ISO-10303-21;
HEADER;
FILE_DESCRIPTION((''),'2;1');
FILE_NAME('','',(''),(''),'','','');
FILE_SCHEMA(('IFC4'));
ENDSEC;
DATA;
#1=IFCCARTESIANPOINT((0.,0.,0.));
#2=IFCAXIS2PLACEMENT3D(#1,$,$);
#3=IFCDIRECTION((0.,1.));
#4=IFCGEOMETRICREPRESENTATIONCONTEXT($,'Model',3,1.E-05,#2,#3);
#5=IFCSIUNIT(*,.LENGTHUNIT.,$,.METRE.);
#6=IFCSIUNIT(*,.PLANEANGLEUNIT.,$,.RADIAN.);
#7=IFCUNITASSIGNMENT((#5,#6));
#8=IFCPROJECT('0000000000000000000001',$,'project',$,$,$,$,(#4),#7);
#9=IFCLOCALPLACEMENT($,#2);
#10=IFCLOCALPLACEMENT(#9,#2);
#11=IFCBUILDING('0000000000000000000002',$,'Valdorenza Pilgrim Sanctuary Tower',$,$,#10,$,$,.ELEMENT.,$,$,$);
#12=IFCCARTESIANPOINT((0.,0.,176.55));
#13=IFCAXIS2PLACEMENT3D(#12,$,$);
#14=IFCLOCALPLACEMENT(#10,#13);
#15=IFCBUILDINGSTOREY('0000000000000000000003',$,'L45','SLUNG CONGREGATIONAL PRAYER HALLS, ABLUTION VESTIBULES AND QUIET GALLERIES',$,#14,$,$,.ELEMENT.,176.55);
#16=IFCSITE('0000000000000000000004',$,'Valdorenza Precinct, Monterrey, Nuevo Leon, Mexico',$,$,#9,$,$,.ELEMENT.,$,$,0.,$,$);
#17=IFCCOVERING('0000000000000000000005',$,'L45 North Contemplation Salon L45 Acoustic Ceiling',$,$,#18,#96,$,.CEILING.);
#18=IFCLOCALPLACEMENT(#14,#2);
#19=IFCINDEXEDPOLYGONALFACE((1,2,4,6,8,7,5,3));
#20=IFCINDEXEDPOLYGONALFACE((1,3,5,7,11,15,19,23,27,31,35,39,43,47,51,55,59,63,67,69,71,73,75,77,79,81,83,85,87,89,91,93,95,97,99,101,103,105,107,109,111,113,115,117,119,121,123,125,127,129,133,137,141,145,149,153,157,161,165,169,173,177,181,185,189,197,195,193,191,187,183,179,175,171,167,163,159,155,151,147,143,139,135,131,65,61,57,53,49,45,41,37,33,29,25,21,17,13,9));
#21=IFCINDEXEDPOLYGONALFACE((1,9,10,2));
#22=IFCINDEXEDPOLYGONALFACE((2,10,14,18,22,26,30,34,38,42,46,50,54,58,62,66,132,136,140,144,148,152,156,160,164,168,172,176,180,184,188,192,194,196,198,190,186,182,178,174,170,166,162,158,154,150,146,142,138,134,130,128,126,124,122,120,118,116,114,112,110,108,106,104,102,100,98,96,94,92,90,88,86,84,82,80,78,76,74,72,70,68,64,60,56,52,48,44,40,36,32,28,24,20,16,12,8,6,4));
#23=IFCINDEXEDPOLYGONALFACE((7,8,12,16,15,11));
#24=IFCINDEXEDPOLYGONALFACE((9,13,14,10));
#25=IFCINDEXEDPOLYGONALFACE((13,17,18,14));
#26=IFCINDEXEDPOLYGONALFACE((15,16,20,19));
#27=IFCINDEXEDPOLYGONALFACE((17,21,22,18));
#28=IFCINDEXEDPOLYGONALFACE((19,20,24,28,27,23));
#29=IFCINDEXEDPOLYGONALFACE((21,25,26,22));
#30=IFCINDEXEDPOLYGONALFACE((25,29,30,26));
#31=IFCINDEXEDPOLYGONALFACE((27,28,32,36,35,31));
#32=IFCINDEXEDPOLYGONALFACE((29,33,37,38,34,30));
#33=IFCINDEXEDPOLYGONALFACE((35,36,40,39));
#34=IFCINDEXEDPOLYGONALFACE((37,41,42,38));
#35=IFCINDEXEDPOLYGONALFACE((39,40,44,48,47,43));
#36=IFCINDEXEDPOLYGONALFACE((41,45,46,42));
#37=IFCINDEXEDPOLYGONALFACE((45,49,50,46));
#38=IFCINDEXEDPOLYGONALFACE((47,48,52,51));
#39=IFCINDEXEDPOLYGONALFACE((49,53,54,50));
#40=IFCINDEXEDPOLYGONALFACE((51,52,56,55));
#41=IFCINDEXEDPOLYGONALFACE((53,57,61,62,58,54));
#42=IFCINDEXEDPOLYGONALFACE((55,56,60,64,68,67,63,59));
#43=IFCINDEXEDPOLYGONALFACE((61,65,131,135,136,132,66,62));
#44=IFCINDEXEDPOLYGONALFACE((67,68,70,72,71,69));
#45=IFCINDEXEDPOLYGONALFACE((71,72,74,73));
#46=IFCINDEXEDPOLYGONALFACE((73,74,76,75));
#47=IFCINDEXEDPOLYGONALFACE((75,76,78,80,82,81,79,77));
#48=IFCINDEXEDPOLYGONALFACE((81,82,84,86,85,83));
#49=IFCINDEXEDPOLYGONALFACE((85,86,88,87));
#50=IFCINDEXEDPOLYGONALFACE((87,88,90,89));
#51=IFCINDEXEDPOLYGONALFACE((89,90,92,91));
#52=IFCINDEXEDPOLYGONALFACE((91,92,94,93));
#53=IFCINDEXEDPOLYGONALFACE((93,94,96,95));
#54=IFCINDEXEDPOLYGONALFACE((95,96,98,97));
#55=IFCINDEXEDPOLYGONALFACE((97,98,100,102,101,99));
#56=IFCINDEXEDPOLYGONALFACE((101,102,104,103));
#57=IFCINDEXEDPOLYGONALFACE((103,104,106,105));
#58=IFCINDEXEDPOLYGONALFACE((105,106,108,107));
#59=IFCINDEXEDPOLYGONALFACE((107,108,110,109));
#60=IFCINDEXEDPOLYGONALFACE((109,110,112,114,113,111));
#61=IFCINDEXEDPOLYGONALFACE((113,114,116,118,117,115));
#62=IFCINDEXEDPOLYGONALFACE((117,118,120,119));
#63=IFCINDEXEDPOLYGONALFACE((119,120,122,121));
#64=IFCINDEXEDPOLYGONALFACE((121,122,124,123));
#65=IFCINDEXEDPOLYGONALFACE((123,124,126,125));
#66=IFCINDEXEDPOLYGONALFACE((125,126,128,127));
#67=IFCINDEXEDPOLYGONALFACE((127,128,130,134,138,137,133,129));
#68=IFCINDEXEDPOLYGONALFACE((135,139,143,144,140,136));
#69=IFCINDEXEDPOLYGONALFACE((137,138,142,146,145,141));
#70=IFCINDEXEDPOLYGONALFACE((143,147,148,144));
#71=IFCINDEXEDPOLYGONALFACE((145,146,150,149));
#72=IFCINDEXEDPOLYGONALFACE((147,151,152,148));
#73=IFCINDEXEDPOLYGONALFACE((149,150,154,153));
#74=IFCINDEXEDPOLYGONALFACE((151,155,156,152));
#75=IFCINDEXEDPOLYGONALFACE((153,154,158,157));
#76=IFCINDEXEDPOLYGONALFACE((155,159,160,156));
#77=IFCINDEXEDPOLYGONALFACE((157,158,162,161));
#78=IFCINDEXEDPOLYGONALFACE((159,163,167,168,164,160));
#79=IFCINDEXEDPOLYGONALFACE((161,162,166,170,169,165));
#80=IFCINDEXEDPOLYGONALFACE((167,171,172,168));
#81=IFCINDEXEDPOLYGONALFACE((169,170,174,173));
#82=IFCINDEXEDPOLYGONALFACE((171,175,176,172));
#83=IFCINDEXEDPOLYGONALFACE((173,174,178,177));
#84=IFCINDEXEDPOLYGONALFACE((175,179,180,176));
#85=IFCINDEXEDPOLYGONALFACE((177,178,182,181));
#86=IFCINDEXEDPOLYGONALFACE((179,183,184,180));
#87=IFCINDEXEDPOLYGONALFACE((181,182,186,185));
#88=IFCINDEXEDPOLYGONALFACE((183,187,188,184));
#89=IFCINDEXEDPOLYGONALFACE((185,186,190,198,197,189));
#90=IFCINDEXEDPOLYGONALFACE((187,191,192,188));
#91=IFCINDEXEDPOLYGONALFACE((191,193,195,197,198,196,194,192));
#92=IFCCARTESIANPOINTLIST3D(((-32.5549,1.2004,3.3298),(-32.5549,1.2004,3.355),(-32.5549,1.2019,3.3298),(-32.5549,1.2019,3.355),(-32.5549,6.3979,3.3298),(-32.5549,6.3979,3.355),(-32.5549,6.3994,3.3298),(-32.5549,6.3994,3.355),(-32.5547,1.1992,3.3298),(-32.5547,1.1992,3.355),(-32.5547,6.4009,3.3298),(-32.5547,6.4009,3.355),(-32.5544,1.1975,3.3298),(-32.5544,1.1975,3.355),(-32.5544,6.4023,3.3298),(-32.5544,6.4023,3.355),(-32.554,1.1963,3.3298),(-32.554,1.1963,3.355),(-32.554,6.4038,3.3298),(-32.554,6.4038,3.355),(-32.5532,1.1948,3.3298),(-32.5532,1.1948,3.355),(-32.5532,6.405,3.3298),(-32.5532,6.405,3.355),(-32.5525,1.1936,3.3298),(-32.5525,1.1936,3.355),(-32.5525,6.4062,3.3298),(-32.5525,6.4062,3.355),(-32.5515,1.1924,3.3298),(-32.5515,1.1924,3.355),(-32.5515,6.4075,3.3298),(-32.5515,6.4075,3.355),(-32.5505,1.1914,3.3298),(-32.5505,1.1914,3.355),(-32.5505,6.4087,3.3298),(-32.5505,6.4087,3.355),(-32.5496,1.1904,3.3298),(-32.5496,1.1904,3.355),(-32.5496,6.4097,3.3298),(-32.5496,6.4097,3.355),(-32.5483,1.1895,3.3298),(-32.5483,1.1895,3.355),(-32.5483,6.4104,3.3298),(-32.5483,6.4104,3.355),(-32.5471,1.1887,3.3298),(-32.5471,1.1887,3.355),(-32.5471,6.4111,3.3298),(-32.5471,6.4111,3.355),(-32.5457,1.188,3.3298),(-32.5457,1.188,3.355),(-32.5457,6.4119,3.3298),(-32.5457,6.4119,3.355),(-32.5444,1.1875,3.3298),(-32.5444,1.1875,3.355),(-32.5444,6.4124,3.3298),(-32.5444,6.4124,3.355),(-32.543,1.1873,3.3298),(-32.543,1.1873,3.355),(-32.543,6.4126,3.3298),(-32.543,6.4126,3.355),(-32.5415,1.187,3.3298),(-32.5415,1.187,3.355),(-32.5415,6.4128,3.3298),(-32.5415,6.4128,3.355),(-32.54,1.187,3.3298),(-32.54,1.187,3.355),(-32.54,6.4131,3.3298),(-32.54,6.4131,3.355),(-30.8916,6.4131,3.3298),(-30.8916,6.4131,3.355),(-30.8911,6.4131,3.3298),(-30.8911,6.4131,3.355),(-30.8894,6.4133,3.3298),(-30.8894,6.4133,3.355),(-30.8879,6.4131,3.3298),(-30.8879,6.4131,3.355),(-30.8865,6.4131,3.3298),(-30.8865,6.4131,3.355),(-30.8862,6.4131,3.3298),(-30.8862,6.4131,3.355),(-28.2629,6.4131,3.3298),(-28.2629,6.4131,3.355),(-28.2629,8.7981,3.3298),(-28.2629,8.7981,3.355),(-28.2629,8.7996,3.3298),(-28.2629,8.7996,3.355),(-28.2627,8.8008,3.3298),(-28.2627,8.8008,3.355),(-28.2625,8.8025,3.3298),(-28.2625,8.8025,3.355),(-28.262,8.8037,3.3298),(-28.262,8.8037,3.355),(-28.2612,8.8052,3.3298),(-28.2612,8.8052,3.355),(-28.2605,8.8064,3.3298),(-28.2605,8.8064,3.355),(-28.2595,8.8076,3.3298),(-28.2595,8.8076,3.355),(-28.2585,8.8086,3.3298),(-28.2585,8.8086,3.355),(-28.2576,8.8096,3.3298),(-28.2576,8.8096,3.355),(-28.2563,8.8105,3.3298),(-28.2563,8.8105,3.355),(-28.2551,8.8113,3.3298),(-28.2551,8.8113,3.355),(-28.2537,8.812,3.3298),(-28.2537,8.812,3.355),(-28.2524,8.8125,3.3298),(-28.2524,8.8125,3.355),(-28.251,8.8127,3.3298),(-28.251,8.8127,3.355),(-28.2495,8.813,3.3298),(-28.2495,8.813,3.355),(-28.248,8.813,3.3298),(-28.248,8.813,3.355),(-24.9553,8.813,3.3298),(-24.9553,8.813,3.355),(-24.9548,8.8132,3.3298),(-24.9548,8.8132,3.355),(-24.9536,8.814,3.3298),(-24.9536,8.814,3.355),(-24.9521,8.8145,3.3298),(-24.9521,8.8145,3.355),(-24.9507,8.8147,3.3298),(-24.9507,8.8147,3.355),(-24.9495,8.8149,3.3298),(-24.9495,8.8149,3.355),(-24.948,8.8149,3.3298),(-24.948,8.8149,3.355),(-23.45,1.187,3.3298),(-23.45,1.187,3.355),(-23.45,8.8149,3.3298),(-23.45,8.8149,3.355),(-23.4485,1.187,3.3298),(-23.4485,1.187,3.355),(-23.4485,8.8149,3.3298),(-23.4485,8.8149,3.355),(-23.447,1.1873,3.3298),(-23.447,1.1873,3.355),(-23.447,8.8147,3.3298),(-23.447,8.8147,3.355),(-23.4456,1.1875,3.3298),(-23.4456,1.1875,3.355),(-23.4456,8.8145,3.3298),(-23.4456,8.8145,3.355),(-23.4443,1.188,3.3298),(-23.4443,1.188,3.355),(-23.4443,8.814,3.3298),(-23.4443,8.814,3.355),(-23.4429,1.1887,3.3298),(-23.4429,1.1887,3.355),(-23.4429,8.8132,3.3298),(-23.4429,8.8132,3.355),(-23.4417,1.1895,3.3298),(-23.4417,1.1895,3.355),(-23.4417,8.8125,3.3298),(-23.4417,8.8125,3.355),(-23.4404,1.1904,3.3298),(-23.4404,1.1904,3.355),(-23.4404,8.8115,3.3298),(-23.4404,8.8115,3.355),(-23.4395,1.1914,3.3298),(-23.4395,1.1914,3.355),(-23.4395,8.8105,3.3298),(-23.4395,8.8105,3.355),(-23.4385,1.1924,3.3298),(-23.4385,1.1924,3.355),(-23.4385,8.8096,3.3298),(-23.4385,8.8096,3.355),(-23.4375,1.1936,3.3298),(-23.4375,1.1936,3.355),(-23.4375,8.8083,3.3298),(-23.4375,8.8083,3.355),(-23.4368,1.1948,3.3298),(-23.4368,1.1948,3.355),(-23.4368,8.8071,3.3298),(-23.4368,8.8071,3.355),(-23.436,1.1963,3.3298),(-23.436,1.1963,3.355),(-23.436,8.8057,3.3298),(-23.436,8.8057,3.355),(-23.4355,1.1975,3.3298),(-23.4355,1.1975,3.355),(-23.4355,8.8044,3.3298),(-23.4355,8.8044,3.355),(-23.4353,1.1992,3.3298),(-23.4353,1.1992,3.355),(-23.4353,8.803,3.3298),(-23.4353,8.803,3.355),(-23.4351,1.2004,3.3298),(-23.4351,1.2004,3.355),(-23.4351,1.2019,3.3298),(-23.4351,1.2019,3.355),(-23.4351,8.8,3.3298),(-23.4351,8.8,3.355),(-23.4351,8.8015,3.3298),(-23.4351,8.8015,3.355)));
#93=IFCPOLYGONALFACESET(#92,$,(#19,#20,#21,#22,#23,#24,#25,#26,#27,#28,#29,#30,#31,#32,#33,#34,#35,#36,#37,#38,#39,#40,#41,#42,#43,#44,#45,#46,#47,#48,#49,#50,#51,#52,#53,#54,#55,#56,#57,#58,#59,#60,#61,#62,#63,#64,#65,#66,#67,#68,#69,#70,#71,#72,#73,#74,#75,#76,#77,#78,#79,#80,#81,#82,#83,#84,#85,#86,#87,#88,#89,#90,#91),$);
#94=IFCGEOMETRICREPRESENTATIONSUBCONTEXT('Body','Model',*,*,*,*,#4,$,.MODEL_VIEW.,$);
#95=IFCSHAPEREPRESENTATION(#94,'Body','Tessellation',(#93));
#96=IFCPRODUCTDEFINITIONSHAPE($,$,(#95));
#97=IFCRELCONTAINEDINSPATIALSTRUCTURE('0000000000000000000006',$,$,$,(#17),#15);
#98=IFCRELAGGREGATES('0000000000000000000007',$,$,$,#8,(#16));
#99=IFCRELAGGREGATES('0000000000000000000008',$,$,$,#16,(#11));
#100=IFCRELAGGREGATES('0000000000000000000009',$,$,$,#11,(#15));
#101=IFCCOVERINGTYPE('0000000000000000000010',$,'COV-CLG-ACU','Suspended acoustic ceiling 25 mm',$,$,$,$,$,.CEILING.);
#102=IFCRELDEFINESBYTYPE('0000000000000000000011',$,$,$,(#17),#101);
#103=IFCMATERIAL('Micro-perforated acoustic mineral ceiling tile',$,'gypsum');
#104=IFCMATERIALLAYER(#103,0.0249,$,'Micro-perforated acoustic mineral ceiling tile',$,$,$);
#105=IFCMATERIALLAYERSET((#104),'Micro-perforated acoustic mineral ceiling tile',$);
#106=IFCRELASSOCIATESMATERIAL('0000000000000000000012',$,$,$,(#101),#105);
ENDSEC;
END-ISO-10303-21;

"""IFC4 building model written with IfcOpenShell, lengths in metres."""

from ifc_helpers import new_model, si_unit, direction, frame, origin, place, context, subcontext, project, spatial, polyline, outline, extrude, material, layer, layer_set, type_object, element, save


model = new_model("IFC4")

# Units and contexts
model_context = context("Model", 3, precision=1e-05, world=origin(), true_north=direction((0.0, 1.0)))
body_context = subcontext(model_context, "Body", "Model", "MODEL_VIEW")
ifc_project = project(units=[si_unit("LENGTHUNIT", "METRE"), si_unit("PLANEANGLEUNIT", "RADIAN")], contexts=[model_context])

# Site, building, storey
site_placement = place(None, origin())
site = spatial("IfcSite", under=ifc_project, at=site_placement, Name="Valdorenza Precinct, Monterrey, Nuevo Leon, Mexico", CompositionType="ELEMENT", RefElevation=0.0)
building_placement = place(site_placement, origin())
building = spatial("IfcBuilding", under=site, at=building_placement, Name="Valdorenza Pilgrim Sanctuary Tower", CompositionType="ELEMENT")
storey_placement = place(building_placement, frame((0.0, 0.0, 176.55)))
storey = spatial("IfcBuildingStorey", under=building, at=storey_placement, Name="L45", Description="SLUNG CONGREGATIONAL PRAYER HALLS, ABLUTION VESTIBULES AND QUIET GALLERIES", CompositionType="ELEMENT", Elevation=176.55)

# Covering
ifc_material_1 = material(Name="Micro-perforated acoustic mineral ceiling tile", Category="gypsum")
ifc_layer_1 = layer(ifc_material_1, 0.0249, Name="Micro-perforated acoustic mineral ceiling tile")
ifc_layer_set_1 = layer_set([ifc_layer_1], Name="Micro-perforated acoustic mineral ceiling tile")
covering_type_1 = type_object("IfcCoveringType", Name="COV-CLG-ACU", Description="Suspended acoustic ceiling 25 mm", PredefinedType="CEILING", material=ifc_layer_set_1)
covering_1_placement = place(storey_placement, frame((0.0, 0.0, 3.3298)))
element("IfcCovering", 1, at=covering_1_placement, inside=storey, type_object=covering_type_1, Name="L45 North Contemplation Salon L45 Acoustic Ceiling", PredefinedType="CEILING", context=body_context, shape_type="SweptSolid", body=[
    extrude(outline(polyline([(-30.8916, 6.4131), (-30.8911, 6.4131), (-30.8894, 6.4133), (-30.8879, 6.4131), (-30.8865, 6.4131), (-30.8862, 6.4131), (-28.2629, 6.4131), (-28.2629, 8.7981), (-28.2629, 8.7996), (-28.2627, 8.8008), (-28.2625, 8.8025), (-28.262, 8.8037), (-28.2612, 8.8052), (-28.2605, 8.8064), (-28.2595, 8.8076), (-28.2585, 8.8086), (-28.2576, 8.8096), (-28.2563, 8.8105), (-28.2551, 8.8113), (-28.2537, 8.812), (-28.2524, 8.8125), (-28.251, 8.8127), (-28.2495, 8.813), (-28.248, 8.813), (-24.9553, 8.813), (-24.9548, 8.8132), (-24.9536, 8.814), (-24.9521, 8.8145), (-24.9507, 8.8147), (-24.9495, 8.8149), (-24.948, 8.8149), (-23.45, 8.8149), (-23.4485, 8.8149), (-23.447, 8.8147), (-23.4456, 8.8145), (-23.4443, 8.814), (-23.4429, 8.8132), (-23.4417, 8.8125), (-23.4404, 8.8115), (-23.4395, 8.8105), (-23.4385, 8.8096), (-23.4375, 8.8083), (-23.4368, 8.8071), (-23.436, 8.8057), (-23.4355, 8.8044), (-23.4353, 8.803), (-23.4351, 8.8015), (-23.4351, 8.8), (-23.4351, 1.2019), (-23.4351, 1.2004), (-23.4353, 1.1992), (-23.4355, 1.1975), (-23.436, 1.1963), (-23.4368, 1.1948), (-23.4375, 1.1936), (-23.4385, 1.1924), (-23.4395, 1.1914), (-23.4404, 1.1904), (-23.4417, 1.1895), (-23.4429, 1.1887), (-23.4443, 1.188), (-23.4456, 1.1875), (-23.447, 1.1873), (-23.4485, 1.187), (-23.45, 1.187), (-32.54, 1.187), (-32.5415, 1.187), (-32.543, 1.1873), (-32.5444, 1.1875), (-32.5457, 1.188), (-32.5471, 1.1887), (-32.5483, 1.1895), (-32.5496, 1.1904), (-32.5505, 1.1914), (-32.5515, 1.1924), (-32.5525, 1.1936), (-32.5532, 1.1948), (-32.554, 1.1963), (-32.5544, 1.1975), (-32.5547, 1.1992), (-32.5549, 1.2004), (-32.5549, 1.2019), (-32.5549, 6.3979), (-32.5549, 6.3994), (-32.5547, 6.4009), (-32.5544, 6.4023), (-32.554, 6.4038), (-32.5532, 6.405), (-32.5525, 6.4062), (-32.5515, 6.4075), (-32.5505, 6.4087), (-32.5496, 6.4097), (-32.5483, 6.4104), (-32.5471, 6.4111), (-32.5457, 6.4119), (-32.5444, 6.4124), (-32.543, 6.4126), (-32.5415, 6.4128), (-32.54, 6.4131), (-30.8916, 6.4131)])), origin(), (0.0, 0.0, 1.0), 0.0251),
])

save(model, "model.ifc")
